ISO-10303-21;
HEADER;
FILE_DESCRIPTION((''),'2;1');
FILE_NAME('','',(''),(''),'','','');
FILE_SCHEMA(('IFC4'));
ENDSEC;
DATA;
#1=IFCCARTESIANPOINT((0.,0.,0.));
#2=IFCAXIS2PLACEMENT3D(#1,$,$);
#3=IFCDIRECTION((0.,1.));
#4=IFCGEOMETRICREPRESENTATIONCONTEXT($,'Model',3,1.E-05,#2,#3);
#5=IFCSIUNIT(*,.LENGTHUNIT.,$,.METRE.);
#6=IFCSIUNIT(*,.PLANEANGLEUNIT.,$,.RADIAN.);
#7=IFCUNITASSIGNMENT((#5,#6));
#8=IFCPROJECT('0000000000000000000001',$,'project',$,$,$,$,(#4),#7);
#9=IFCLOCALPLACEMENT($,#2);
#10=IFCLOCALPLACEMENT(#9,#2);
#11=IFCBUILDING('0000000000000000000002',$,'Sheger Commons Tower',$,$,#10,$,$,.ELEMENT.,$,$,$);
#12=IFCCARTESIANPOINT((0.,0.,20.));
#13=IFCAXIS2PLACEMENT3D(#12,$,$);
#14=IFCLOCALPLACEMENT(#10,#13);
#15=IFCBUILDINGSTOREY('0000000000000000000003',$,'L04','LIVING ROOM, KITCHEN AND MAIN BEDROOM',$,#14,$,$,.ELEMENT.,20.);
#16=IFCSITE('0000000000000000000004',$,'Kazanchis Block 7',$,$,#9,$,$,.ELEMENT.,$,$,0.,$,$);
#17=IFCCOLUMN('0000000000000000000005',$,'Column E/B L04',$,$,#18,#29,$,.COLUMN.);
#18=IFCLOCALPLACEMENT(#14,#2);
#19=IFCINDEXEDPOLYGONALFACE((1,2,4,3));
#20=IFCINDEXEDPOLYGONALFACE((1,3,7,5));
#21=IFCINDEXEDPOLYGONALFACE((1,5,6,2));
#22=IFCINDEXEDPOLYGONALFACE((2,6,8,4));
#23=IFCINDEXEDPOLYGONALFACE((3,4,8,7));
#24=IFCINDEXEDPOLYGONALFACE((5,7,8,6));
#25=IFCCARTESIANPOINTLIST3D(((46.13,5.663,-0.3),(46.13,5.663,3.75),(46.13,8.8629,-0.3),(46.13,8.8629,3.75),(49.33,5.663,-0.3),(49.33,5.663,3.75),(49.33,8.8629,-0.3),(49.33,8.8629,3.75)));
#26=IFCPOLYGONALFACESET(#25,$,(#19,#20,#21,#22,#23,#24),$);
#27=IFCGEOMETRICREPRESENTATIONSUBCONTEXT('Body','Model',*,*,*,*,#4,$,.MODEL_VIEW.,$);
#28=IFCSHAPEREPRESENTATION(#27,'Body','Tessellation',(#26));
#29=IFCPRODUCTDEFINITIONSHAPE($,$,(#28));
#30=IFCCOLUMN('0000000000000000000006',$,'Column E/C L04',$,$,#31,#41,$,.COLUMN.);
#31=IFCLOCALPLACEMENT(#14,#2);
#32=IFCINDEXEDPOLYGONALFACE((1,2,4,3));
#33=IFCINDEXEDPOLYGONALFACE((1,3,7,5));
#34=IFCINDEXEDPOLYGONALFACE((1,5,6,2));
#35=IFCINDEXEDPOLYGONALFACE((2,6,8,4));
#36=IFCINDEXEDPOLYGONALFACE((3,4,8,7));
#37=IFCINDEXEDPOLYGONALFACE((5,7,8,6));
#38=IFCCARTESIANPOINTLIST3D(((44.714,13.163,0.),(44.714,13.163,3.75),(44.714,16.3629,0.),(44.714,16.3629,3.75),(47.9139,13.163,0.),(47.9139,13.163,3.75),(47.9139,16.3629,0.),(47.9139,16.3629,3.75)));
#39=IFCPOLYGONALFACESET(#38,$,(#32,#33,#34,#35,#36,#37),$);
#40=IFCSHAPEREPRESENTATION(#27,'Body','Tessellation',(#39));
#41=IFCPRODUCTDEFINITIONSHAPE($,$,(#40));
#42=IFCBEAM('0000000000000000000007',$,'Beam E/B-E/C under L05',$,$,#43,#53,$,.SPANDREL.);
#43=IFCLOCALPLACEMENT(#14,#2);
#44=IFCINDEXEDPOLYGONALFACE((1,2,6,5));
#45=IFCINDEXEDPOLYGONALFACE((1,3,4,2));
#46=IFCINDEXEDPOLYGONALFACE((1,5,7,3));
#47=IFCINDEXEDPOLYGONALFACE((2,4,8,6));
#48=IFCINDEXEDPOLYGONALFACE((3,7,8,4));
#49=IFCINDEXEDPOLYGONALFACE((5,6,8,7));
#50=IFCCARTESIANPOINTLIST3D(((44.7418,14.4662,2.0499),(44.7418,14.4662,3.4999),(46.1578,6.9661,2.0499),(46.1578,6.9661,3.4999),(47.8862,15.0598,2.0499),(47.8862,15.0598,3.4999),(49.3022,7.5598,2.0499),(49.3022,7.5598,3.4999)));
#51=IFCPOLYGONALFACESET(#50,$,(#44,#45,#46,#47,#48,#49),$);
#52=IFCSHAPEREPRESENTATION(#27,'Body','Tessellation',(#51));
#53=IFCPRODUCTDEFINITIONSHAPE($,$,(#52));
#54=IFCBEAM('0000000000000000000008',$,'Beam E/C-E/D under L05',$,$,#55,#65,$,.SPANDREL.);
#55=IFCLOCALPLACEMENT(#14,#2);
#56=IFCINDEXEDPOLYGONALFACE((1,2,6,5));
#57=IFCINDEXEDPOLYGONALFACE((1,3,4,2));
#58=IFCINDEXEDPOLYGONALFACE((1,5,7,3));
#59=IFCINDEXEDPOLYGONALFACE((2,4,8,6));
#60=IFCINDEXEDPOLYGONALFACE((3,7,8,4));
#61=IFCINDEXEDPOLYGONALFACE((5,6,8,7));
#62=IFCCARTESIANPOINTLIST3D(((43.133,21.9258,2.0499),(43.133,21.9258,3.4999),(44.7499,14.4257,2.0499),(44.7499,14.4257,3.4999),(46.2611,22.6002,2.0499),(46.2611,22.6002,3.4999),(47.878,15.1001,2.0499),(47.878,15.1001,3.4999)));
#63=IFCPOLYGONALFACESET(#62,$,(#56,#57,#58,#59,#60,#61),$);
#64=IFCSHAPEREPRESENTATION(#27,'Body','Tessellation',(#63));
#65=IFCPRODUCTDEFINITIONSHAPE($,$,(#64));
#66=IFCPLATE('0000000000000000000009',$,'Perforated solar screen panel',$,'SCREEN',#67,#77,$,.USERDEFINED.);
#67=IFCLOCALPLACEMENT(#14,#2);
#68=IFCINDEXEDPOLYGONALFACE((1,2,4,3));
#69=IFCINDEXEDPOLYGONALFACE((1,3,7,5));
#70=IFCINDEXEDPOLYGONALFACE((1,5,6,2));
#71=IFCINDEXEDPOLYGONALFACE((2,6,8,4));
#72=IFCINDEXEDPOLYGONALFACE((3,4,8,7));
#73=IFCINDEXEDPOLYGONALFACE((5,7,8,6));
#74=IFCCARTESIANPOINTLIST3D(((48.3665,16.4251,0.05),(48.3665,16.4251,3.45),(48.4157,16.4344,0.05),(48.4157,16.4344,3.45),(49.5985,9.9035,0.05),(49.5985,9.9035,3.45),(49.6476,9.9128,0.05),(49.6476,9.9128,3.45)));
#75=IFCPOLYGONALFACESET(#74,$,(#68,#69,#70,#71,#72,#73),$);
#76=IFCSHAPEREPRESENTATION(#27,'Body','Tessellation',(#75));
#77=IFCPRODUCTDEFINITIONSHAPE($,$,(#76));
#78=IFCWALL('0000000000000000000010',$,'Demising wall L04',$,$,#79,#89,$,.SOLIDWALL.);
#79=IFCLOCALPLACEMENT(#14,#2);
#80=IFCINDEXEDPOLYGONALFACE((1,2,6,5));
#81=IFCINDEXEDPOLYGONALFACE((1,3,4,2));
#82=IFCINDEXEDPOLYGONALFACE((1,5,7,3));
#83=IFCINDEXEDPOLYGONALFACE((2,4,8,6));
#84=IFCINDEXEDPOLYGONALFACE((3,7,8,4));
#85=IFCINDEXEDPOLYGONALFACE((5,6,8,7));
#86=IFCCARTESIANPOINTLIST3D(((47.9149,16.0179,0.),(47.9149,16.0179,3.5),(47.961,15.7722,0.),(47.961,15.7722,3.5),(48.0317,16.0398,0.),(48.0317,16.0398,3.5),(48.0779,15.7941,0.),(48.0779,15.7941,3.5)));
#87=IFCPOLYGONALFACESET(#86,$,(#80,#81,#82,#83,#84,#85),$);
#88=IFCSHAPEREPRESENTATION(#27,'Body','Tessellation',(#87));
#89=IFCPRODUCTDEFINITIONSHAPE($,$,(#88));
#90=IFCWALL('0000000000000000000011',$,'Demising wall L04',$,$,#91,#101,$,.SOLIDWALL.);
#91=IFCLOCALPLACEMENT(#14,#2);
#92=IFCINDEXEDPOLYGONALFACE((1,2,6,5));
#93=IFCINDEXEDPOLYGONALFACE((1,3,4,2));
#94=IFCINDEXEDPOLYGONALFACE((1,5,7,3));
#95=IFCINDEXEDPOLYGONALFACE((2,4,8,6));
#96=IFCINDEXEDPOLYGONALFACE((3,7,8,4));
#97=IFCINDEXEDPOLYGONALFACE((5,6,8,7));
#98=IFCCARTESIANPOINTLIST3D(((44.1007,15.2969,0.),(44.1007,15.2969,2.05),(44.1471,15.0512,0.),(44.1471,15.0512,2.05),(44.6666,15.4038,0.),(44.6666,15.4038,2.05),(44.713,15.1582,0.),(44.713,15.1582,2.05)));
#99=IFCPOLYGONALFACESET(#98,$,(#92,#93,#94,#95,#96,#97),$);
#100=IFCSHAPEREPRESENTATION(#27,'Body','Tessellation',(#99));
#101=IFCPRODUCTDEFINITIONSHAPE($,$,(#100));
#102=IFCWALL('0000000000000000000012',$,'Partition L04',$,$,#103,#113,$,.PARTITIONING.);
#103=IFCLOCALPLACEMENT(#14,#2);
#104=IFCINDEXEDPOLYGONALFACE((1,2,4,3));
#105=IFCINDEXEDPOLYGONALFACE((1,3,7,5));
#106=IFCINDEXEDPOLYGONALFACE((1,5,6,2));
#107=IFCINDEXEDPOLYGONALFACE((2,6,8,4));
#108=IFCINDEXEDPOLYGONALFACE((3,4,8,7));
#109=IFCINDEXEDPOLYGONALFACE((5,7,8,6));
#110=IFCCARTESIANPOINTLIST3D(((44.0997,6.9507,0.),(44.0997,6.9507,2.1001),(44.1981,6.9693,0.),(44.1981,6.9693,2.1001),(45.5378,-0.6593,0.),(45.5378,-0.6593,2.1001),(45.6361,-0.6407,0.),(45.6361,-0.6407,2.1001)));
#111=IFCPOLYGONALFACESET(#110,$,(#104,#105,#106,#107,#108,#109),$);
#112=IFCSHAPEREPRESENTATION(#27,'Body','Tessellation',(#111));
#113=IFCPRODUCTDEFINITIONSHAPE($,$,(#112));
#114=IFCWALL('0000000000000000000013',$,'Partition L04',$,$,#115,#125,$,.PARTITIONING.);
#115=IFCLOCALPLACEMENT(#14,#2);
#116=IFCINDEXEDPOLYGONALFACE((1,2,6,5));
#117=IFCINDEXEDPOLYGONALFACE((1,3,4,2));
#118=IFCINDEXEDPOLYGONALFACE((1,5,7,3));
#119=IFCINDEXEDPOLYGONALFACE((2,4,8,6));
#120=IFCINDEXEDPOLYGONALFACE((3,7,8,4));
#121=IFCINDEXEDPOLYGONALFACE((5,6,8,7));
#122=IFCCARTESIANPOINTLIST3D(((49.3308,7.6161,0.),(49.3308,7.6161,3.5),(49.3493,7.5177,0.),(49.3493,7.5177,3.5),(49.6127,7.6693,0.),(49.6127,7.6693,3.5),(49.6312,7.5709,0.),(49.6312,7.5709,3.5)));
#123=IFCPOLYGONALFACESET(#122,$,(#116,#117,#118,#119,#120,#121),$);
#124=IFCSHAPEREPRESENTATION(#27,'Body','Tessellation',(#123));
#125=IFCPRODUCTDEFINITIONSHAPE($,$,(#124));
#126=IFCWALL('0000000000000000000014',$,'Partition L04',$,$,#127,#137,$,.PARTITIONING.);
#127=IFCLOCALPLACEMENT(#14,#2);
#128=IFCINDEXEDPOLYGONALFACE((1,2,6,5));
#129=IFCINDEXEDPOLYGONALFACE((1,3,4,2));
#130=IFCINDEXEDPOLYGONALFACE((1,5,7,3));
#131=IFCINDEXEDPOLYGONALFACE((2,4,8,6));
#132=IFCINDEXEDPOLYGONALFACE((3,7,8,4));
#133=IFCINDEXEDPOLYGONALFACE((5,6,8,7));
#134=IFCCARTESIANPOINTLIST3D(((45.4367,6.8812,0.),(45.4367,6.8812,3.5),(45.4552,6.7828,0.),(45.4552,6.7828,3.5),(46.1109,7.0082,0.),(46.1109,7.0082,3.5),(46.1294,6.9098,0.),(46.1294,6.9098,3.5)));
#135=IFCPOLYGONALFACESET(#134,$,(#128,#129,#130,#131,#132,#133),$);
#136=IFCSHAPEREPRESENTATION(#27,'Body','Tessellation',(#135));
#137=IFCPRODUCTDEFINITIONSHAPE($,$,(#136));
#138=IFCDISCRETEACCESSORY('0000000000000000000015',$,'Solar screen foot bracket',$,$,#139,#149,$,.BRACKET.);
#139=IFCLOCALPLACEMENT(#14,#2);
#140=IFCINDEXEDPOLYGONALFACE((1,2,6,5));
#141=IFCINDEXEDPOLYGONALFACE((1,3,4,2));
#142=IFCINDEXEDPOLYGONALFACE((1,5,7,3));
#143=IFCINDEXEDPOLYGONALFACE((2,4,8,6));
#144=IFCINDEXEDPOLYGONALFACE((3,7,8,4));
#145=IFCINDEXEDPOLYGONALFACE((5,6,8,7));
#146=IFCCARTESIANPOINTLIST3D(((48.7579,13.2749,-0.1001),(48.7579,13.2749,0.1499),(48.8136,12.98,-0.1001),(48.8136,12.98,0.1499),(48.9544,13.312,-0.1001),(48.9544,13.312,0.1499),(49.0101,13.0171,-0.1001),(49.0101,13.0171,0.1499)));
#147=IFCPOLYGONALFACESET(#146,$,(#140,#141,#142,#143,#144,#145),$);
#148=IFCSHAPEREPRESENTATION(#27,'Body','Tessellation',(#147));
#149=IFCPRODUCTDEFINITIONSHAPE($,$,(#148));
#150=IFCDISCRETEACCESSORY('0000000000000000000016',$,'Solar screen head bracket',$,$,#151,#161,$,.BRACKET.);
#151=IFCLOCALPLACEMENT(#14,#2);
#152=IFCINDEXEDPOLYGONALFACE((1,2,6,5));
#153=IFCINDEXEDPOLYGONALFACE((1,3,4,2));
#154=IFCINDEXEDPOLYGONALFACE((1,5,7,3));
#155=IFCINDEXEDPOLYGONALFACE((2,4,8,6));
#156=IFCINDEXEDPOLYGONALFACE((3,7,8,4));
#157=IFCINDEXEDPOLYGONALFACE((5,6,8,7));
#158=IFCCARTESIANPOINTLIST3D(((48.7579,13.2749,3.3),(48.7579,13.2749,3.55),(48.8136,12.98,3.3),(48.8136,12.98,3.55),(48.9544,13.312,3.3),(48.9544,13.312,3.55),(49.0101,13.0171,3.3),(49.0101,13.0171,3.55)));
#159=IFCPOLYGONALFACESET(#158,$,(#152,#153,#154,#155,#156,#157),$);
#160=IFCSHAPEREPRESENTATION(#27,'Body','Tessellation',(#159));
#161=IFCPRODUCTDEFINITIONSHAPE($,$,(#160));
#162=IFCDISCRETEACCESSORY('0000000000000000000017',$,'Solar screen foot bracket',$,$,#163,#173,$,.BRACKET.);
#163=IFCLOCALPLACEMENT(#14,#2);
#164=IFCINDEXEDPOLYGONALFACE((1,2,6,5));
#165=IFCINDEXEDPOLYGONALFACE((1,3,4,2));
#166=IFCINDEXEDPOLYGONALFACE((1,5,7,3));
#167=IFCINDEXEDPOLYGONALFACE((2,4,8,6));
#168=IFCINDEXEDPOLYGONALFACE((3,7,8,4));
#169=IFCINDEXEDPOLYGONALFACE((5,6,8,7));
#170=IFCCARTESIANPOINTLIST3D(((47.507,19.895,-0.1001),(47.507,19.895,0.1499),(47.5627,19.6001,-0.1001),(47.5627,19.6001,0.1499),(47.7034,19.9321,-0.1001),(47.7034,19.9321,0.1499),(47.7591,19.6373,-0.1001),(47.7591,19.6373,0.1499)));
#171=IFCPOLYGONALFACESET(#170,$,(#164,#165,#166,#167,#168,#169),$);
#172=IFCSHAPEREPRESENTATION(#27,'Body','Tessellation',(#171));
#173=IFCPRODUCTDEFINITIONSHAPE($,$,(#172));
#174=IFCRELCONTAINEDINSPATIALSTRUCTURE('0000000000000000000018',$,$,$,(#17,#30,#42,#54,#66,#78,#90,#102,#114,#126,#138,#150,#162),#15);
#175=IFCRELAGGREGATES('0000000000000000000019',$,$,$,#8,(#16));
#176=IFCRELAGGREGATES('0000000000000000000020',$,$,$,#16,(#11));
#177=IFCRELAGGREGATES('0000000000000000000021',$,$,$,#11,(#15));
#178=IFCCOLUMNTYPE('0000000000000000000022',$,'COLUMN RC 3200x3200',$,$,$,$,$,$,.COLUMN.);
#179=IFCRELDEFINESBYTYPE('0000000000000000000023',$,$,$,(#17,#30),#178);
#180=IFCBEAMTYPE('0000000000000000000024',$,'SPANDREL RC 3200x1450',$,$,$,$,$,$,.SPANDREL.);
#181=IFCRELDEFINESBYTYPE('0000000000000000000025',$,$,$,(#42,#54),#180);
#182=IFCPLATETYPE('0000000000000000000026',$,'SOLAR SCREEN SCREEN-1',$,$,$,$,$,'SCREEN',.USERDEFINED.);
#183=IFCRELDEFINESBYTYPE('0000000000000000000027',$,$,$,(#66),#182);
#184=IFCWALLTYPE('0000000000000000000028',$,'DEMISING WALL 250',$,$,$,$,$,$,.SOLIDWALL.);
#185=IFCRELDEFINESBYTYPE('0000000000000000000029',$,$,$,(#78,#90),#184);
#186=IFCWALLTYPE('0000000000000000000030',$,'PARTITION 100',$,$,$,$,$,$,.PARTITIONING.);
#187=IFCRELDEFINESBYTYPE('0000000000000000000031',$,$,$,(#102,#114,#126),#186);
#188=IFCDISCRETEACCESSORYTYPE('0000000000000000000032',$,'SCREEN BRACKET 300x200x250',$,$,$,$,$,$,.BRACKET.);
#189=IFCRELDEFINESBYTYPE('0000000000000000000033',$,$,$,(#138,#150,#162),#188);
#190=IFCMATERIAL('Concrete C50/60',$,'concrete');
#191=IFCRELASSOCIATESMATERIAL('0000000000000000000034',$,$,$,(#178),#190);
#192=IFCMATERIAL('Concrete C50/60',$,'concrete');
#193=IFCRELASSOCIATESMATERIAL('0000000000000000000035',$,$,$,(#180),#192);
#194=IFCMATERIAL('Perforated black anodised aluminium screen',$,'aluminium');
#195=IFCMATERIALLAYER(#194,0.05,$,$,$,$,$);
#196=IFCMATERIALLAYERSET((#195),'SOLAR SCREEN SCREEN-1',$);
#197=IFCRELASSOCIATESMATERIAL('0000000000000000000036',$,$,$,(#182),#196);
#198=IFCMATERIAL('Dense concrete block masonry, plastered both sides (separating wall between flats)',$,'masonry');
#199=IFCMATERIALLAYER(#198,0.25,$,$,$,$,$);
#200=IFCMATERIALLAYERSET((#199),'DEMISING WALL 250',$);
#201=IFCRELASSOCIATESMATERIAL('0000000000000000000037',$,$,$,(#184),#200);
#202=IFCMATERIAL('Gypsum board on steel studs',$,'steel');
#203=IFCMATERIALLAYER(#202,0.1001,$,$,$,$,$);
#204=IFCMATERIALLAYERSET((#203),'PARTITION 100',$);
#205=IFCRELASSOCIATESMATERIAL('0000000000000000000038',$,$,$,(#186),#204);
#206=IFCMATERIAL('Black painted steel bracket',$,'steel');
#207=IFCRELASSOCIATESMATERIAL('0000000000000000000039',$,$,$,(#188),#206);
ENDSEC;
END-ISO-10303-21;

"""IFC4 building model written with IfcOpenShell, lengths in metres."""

from ifc_helpers import new_model, si_unit, direction, frame, frame_2d, origin, origin_2d, place, context, subcontext, project, spatial, rectangle, extrude, material, layer, layer_set, material_profile, profile_set, type_object, element, save


model = new_model("IFC4")

# Units and contexts
model_context = context("Model", 3, precision=1e-05, world=origin(), true_north=direction((0.0, 1.0)))
body_context = subcontext(model_context, "Body", "Model", "MODEL_VIEW")
ifc_project = project(units=[si_unit("LENGTHUNIT", "METRE"), si_unit("PLANEANGLEUNIT", "RADIAN")], contexts=[model_context])

# Site, building, storey
site_placement = place(None, origin())
site = spatial("IfcSite", under=ifc_project, at=site_placement, Name="Kazanchis Block 7", CompositionType="ELEMENT", RefElevation=0.0)
building_placement = place(site_placement, origin())
building = spatial("IfcBuilding", under=site, at=building_placement, Name="Sheger Commons Tower", CompositionType="ELEMENT")
storey_placement = place(building_placement, frame((0.0, 0.0, 20.0)))
storey = spatial("IfcBuildingStorey", under=building, at=storey_placement, Name="L04", Description="LIVING ROOM, KITCHEN AND MAIN BEDROOM", CompositionType="ELEMENT", Elevation=20.0)

# Columns
ifc_material_1 = material(Name="Concrete C50/60", Category="concrete")
ifc_material_profile_1 = material_profile(ifc_material_1, rectangle(XDim=3.2, YDim=3.2, at=origin_2d()), Name="RC 3200x3200")
ifc_profile_set_1 = profile_set([ifc_material_profile_1], Name="Concrete C50/60")
column_type = type_object("IfcColumnType", Name="COLUMN RC 3200x3200", PredefinedType="COLUMN", material=ifc_profile_set_1)
column_1_placement = place(storey_placement, frame((47.73, 7.2629, -0.3), z_axis=(0.0, 0.0, 1.0), x_axis=(1.0, 0.0, 0.0)))
element("IfcColumn", 1, at=column_1_placement, inside=storey, type_object=column_type, Name="Column E/B L04", PredefinedType="COLUMN", context=body_context, shape_type="SweptSolid", body=[
    extrude(rectangle(XDim=3.2, YDim=3.2, at=origin_2d()), origin(), (0.0, 0.0, 1.0), 4.05),
])
column_2_placement = place(storey_placement, frame((46.314, 14.7629, 0.0), z_axis=(0.0, 0.0, 1.0), x_axis=(1.0, 0.0, 0.0)))
element("IfcColumn", 2, at=column_2_placement, inside=storey, type_object=column_type, Name="Column E/C L04", PredefinedType="COLUMN", context=body_context, shape_type="SweptSolid", body=[
    extrude(rectangle(XDim=3.2, YDim=3.2, at=origin_2d()), origin(), (0.0, 0.0, 1.0), 3.75),
])

# Beams
ifc_material_2 = material(Name="Concrete C50/60", Category="concrete")
ifc_material_profile_2 = material_profile(ifc_material_2, rectangle(XDim=3.2, YDim=1.45, at=origin_2d()), Name="RC 3200x1450")
ifc_profile_set_2 = profile_set([ifc_material_profile_2], Name="Concrete C50/60")
beam_type = type_object("IfcBeamType", Name="SPANDREL RC 3200x1450", PredefinedType="SPANDREL", material=ifc_profile_set_2)
beam_1_placement = place(storey_placement, frame((47.73, 7.2629, 2.7749), z_axis=(-0.185524, 0.98264, 0.0), x_axis=(-0.98264, -0.185524, 0.0)))
element("IfcBeam", 3, at=beam_1_placement, inside=storey, type_object=beam_type, Name="Beam E/B-E/C under L05", PredefinedType="SPANDREL", context=body_context, shape_type="SweptSolid", body=[
    extrude(rectangle(XDim=3.2, YDim=1.45, at=origin_2d()), origin(), (0.0, 0.0, 1.0), 7.6326),
])
beam_2_placement = place(storey_placement, frame((46.314, 14.7629, 2.7749), z_axis=(-0.21075, 0.97754, 0.0), x_axis=(-0.97754, -0.21075, 0.0)))
element("IfcBeam", 4, at=beam_2_placement, inside=storey, type_object=beam_type, Name="Beam E/C-E/D under L05", PredefinedType="SPANDREL", context=body_context, shape_type="SweptSolid", body=[
    extrude(rectangle(XDim=3.2, YDim=1.45, at=origin_2d()), origin(), (0.0, 0.0, 1.0), 7.6724),
])

# Plate
ifc_material_3 = material(Name="Perforated black anodised aluminium screen", Category="aluminium")
ifc_layer_1 = layer(ifc_material_3, 0.05)
ifc_layer_set_1 = layer_set([ifc_layer_1], Name="SOLAR SCREEN SCREEN-1")
plate_type = type_object("IfcPlateType", Name="SOLAR SCREEN SCREEN-1", ElementType="SCREEN", PredefinedType="USERDEFINED", material=ifc_layer_set_1)
plate_placement = place(storey_placement, frame((49.0071, 13.1689, 0.05), z_axis=(0.0, 0.0, 1.0), x_axis=(-0.185615, 0.982623, 0.0)))
element("IfcPlate", 5, at=plate_placement, inside=storey, type_object=plate_type, Name="Perforated solar screen panel", ObjectType="SCREEN", PredefinedType="USERDEFINED", context=body_context, shape_type="SweptSolid", body=[
    extrude(rectangle(XDim=6.637, YDim=0.05, at=origin_2d()), origin(), (0.0, 0.0, 1.0), 3.3999),
])

# Walls
ifc_material_4 = material(Name="Dense concrete block masonry, plastered both sides (separating wall between flats)", Category="masonry")
ifc_layer_2 = layer(ifc_material_4, 0.25)
ifc_layer_set_2 = layer_set([ifc_layer_2], Name="DEMISING WALL 250")
wall_type_1 = type_object("IfcWallType", Name="DEMISING WALL 250", PredefinedType="SOLIDWALL", material=ifc_layer_set_2)
wall_1_placement = place(storey_placement, frame((48.0549, 15.917, 0.0), z_axis=(0.0, 0.0, 1.0), x_axis=(-0.982802, -0.18466, 0.0)))
element("IfcWall", 6, at=wall_1_placement, inside=storey, type_object=wall_type_1, Name="Demising wall L04", PredefinedType="SOLIDWALL", context=body_context, shape_type="SweptSolid", body=[
    extrude(rectangle(XDim=0.1189, YDim=0.25, at=frame_2d((0.0596, 0.0))), origin(), (0.0, 0.0, 1.0), 3.5),
])
wall_2_placement = place(storey_placement, frame((44.6899, 15.281, 0.0), z_axis=(0.0, 0.0, 1.0), x_axis=(-0.982612, -0.18567, 0.0)))
element("IfcWall", 7, at=wall_2_placement, inside=storey, type_object=wall_type_1, Name="Demising wall L04", PredefinedType="SOLIDWALL", context=body_context, shape_type="SweptSolid", body=[
    extrude(rectangle(XDim=0.5759, YDim=0.25, at=frame_2d((0.2881, 0.0))), origin(), (0.0, 0.0, 1.0), 2.05),
])
ifc_material_5 = material(Name="Gypsum board on steel studs", Category="steel")
ifc_layer_3 = layer(ifc_material_5, 0.1001)
ifc_layer_set_3 = layer_set([ifc_layer_3], Name="PARTITION 100")
wall_type_2 = type_object("IfcWallType", Name="PARTITION 100", PredefinedType="PARTITIONING", material=ifc_layer_set_3)
wall_3_placement = place(storey_placement, frame((44.1489, 6.96, 0.0), z_axis=(0.0, 0.0, 1.0), x_axis=(0.185678, -0.982611, 0.0)))
element("IfcWall", 8, at=wall_3_placement, inside=storey, type_object=wall_type_2, Name="Partition L04", PredefinedType="PARTITIONING", context=body_context, shape_type="SweptSolid", body=[
    extrude(rectangle(XDim=7.7446, YDim=0.1001, at=frame_2d((3.8723, 0.0))), origin(), (0.0, 0.0, 1.0), 2.1001),
])
wall_4_placement = place(storey_placement, frame((49.6221, 7.6201, 0.0), z_axis=(0.0, 0.0, 1.0), x_axis=(-0.98265, -0.18547, 0.0)))
element("IfcWall", 9, at=wall_4_placement, inside=storey, type_object=wall_type_2, Name="Partition L04", PredefinedType="PARTITIONING", context=body_context, shape_type="SweptSolid", body=[
    extrude(rectangle(XDim=0.2869, YDim=0.1001, at=frame_2d((0.1436, 0.0))), origin(), (0.0, 0.0, 1.0), 3.5),
])
wall_5_placement = place(storey_placement, frame((46.1201, 6.959, 0.0), z_axis=(0.0, 0.0, 1.0), x_axis=(-0.982723, -0.185084, 0.0)))
element("IfcWall", 10, at=wall_5_placement, inside=storey, type_object=wall_type_2, Name="Partition L04", PredefinedType="PARTITIONING", context=body_context, shape_type="SweptSolid", body=[
    extrude(rectangle(XDim=0.686, YDim=0.1001, at=frame_2d((0.343, 0.0))), origin(), (0.0, 0.0, 1.0), 3.5),
])

# Discrete accessories
ifc_material_6 = material(Name="Black painted steel bracket", Category="steel")
discrete_accessory_type = type_object("IfcDiscreteAccessoryType", Name="SCREEN BRACKET 300x200x250", PredefinedType="BRACKET", material=ifc_material_6)
for number, where, z_axis, x_axis, name in (
    (11, (48.884, 13.146, -0.1001), (0.0, 0.0, 1.0), (-0.185615, 0.982623, 0.0), "Solar screen foot bracket"),
    (12, (48.884, 13.146, 3.3), (0.0, 0.0, 1.0), (-0.185615, 0.982623, 0.0), "Solar screen head bracket"),
    (13, (47.6331, 19.7661, -0.1001), (0.0, 0.0, 1.0), (-0.185615, 0.982623, 0.0), "Solar screen foot bracket"),
):
    element("IfcDiscreteAccessory", number, at=place(storey_placement, frame(where, z_axis=z_axis, x_axis=x_axis)), inside=storey, type_object=discrete_accessory_type, Name=name, PredefinedType="BRACKET", context=body_context, shape_type="SweptSolid", body=[
        extrude(rectangle(XDim=0.3, YDim=0.2, at=origin_2d()), origin(), (0.0, 0.0, 1.0), 0.25),
    ])

save(model, "model.ifc")
